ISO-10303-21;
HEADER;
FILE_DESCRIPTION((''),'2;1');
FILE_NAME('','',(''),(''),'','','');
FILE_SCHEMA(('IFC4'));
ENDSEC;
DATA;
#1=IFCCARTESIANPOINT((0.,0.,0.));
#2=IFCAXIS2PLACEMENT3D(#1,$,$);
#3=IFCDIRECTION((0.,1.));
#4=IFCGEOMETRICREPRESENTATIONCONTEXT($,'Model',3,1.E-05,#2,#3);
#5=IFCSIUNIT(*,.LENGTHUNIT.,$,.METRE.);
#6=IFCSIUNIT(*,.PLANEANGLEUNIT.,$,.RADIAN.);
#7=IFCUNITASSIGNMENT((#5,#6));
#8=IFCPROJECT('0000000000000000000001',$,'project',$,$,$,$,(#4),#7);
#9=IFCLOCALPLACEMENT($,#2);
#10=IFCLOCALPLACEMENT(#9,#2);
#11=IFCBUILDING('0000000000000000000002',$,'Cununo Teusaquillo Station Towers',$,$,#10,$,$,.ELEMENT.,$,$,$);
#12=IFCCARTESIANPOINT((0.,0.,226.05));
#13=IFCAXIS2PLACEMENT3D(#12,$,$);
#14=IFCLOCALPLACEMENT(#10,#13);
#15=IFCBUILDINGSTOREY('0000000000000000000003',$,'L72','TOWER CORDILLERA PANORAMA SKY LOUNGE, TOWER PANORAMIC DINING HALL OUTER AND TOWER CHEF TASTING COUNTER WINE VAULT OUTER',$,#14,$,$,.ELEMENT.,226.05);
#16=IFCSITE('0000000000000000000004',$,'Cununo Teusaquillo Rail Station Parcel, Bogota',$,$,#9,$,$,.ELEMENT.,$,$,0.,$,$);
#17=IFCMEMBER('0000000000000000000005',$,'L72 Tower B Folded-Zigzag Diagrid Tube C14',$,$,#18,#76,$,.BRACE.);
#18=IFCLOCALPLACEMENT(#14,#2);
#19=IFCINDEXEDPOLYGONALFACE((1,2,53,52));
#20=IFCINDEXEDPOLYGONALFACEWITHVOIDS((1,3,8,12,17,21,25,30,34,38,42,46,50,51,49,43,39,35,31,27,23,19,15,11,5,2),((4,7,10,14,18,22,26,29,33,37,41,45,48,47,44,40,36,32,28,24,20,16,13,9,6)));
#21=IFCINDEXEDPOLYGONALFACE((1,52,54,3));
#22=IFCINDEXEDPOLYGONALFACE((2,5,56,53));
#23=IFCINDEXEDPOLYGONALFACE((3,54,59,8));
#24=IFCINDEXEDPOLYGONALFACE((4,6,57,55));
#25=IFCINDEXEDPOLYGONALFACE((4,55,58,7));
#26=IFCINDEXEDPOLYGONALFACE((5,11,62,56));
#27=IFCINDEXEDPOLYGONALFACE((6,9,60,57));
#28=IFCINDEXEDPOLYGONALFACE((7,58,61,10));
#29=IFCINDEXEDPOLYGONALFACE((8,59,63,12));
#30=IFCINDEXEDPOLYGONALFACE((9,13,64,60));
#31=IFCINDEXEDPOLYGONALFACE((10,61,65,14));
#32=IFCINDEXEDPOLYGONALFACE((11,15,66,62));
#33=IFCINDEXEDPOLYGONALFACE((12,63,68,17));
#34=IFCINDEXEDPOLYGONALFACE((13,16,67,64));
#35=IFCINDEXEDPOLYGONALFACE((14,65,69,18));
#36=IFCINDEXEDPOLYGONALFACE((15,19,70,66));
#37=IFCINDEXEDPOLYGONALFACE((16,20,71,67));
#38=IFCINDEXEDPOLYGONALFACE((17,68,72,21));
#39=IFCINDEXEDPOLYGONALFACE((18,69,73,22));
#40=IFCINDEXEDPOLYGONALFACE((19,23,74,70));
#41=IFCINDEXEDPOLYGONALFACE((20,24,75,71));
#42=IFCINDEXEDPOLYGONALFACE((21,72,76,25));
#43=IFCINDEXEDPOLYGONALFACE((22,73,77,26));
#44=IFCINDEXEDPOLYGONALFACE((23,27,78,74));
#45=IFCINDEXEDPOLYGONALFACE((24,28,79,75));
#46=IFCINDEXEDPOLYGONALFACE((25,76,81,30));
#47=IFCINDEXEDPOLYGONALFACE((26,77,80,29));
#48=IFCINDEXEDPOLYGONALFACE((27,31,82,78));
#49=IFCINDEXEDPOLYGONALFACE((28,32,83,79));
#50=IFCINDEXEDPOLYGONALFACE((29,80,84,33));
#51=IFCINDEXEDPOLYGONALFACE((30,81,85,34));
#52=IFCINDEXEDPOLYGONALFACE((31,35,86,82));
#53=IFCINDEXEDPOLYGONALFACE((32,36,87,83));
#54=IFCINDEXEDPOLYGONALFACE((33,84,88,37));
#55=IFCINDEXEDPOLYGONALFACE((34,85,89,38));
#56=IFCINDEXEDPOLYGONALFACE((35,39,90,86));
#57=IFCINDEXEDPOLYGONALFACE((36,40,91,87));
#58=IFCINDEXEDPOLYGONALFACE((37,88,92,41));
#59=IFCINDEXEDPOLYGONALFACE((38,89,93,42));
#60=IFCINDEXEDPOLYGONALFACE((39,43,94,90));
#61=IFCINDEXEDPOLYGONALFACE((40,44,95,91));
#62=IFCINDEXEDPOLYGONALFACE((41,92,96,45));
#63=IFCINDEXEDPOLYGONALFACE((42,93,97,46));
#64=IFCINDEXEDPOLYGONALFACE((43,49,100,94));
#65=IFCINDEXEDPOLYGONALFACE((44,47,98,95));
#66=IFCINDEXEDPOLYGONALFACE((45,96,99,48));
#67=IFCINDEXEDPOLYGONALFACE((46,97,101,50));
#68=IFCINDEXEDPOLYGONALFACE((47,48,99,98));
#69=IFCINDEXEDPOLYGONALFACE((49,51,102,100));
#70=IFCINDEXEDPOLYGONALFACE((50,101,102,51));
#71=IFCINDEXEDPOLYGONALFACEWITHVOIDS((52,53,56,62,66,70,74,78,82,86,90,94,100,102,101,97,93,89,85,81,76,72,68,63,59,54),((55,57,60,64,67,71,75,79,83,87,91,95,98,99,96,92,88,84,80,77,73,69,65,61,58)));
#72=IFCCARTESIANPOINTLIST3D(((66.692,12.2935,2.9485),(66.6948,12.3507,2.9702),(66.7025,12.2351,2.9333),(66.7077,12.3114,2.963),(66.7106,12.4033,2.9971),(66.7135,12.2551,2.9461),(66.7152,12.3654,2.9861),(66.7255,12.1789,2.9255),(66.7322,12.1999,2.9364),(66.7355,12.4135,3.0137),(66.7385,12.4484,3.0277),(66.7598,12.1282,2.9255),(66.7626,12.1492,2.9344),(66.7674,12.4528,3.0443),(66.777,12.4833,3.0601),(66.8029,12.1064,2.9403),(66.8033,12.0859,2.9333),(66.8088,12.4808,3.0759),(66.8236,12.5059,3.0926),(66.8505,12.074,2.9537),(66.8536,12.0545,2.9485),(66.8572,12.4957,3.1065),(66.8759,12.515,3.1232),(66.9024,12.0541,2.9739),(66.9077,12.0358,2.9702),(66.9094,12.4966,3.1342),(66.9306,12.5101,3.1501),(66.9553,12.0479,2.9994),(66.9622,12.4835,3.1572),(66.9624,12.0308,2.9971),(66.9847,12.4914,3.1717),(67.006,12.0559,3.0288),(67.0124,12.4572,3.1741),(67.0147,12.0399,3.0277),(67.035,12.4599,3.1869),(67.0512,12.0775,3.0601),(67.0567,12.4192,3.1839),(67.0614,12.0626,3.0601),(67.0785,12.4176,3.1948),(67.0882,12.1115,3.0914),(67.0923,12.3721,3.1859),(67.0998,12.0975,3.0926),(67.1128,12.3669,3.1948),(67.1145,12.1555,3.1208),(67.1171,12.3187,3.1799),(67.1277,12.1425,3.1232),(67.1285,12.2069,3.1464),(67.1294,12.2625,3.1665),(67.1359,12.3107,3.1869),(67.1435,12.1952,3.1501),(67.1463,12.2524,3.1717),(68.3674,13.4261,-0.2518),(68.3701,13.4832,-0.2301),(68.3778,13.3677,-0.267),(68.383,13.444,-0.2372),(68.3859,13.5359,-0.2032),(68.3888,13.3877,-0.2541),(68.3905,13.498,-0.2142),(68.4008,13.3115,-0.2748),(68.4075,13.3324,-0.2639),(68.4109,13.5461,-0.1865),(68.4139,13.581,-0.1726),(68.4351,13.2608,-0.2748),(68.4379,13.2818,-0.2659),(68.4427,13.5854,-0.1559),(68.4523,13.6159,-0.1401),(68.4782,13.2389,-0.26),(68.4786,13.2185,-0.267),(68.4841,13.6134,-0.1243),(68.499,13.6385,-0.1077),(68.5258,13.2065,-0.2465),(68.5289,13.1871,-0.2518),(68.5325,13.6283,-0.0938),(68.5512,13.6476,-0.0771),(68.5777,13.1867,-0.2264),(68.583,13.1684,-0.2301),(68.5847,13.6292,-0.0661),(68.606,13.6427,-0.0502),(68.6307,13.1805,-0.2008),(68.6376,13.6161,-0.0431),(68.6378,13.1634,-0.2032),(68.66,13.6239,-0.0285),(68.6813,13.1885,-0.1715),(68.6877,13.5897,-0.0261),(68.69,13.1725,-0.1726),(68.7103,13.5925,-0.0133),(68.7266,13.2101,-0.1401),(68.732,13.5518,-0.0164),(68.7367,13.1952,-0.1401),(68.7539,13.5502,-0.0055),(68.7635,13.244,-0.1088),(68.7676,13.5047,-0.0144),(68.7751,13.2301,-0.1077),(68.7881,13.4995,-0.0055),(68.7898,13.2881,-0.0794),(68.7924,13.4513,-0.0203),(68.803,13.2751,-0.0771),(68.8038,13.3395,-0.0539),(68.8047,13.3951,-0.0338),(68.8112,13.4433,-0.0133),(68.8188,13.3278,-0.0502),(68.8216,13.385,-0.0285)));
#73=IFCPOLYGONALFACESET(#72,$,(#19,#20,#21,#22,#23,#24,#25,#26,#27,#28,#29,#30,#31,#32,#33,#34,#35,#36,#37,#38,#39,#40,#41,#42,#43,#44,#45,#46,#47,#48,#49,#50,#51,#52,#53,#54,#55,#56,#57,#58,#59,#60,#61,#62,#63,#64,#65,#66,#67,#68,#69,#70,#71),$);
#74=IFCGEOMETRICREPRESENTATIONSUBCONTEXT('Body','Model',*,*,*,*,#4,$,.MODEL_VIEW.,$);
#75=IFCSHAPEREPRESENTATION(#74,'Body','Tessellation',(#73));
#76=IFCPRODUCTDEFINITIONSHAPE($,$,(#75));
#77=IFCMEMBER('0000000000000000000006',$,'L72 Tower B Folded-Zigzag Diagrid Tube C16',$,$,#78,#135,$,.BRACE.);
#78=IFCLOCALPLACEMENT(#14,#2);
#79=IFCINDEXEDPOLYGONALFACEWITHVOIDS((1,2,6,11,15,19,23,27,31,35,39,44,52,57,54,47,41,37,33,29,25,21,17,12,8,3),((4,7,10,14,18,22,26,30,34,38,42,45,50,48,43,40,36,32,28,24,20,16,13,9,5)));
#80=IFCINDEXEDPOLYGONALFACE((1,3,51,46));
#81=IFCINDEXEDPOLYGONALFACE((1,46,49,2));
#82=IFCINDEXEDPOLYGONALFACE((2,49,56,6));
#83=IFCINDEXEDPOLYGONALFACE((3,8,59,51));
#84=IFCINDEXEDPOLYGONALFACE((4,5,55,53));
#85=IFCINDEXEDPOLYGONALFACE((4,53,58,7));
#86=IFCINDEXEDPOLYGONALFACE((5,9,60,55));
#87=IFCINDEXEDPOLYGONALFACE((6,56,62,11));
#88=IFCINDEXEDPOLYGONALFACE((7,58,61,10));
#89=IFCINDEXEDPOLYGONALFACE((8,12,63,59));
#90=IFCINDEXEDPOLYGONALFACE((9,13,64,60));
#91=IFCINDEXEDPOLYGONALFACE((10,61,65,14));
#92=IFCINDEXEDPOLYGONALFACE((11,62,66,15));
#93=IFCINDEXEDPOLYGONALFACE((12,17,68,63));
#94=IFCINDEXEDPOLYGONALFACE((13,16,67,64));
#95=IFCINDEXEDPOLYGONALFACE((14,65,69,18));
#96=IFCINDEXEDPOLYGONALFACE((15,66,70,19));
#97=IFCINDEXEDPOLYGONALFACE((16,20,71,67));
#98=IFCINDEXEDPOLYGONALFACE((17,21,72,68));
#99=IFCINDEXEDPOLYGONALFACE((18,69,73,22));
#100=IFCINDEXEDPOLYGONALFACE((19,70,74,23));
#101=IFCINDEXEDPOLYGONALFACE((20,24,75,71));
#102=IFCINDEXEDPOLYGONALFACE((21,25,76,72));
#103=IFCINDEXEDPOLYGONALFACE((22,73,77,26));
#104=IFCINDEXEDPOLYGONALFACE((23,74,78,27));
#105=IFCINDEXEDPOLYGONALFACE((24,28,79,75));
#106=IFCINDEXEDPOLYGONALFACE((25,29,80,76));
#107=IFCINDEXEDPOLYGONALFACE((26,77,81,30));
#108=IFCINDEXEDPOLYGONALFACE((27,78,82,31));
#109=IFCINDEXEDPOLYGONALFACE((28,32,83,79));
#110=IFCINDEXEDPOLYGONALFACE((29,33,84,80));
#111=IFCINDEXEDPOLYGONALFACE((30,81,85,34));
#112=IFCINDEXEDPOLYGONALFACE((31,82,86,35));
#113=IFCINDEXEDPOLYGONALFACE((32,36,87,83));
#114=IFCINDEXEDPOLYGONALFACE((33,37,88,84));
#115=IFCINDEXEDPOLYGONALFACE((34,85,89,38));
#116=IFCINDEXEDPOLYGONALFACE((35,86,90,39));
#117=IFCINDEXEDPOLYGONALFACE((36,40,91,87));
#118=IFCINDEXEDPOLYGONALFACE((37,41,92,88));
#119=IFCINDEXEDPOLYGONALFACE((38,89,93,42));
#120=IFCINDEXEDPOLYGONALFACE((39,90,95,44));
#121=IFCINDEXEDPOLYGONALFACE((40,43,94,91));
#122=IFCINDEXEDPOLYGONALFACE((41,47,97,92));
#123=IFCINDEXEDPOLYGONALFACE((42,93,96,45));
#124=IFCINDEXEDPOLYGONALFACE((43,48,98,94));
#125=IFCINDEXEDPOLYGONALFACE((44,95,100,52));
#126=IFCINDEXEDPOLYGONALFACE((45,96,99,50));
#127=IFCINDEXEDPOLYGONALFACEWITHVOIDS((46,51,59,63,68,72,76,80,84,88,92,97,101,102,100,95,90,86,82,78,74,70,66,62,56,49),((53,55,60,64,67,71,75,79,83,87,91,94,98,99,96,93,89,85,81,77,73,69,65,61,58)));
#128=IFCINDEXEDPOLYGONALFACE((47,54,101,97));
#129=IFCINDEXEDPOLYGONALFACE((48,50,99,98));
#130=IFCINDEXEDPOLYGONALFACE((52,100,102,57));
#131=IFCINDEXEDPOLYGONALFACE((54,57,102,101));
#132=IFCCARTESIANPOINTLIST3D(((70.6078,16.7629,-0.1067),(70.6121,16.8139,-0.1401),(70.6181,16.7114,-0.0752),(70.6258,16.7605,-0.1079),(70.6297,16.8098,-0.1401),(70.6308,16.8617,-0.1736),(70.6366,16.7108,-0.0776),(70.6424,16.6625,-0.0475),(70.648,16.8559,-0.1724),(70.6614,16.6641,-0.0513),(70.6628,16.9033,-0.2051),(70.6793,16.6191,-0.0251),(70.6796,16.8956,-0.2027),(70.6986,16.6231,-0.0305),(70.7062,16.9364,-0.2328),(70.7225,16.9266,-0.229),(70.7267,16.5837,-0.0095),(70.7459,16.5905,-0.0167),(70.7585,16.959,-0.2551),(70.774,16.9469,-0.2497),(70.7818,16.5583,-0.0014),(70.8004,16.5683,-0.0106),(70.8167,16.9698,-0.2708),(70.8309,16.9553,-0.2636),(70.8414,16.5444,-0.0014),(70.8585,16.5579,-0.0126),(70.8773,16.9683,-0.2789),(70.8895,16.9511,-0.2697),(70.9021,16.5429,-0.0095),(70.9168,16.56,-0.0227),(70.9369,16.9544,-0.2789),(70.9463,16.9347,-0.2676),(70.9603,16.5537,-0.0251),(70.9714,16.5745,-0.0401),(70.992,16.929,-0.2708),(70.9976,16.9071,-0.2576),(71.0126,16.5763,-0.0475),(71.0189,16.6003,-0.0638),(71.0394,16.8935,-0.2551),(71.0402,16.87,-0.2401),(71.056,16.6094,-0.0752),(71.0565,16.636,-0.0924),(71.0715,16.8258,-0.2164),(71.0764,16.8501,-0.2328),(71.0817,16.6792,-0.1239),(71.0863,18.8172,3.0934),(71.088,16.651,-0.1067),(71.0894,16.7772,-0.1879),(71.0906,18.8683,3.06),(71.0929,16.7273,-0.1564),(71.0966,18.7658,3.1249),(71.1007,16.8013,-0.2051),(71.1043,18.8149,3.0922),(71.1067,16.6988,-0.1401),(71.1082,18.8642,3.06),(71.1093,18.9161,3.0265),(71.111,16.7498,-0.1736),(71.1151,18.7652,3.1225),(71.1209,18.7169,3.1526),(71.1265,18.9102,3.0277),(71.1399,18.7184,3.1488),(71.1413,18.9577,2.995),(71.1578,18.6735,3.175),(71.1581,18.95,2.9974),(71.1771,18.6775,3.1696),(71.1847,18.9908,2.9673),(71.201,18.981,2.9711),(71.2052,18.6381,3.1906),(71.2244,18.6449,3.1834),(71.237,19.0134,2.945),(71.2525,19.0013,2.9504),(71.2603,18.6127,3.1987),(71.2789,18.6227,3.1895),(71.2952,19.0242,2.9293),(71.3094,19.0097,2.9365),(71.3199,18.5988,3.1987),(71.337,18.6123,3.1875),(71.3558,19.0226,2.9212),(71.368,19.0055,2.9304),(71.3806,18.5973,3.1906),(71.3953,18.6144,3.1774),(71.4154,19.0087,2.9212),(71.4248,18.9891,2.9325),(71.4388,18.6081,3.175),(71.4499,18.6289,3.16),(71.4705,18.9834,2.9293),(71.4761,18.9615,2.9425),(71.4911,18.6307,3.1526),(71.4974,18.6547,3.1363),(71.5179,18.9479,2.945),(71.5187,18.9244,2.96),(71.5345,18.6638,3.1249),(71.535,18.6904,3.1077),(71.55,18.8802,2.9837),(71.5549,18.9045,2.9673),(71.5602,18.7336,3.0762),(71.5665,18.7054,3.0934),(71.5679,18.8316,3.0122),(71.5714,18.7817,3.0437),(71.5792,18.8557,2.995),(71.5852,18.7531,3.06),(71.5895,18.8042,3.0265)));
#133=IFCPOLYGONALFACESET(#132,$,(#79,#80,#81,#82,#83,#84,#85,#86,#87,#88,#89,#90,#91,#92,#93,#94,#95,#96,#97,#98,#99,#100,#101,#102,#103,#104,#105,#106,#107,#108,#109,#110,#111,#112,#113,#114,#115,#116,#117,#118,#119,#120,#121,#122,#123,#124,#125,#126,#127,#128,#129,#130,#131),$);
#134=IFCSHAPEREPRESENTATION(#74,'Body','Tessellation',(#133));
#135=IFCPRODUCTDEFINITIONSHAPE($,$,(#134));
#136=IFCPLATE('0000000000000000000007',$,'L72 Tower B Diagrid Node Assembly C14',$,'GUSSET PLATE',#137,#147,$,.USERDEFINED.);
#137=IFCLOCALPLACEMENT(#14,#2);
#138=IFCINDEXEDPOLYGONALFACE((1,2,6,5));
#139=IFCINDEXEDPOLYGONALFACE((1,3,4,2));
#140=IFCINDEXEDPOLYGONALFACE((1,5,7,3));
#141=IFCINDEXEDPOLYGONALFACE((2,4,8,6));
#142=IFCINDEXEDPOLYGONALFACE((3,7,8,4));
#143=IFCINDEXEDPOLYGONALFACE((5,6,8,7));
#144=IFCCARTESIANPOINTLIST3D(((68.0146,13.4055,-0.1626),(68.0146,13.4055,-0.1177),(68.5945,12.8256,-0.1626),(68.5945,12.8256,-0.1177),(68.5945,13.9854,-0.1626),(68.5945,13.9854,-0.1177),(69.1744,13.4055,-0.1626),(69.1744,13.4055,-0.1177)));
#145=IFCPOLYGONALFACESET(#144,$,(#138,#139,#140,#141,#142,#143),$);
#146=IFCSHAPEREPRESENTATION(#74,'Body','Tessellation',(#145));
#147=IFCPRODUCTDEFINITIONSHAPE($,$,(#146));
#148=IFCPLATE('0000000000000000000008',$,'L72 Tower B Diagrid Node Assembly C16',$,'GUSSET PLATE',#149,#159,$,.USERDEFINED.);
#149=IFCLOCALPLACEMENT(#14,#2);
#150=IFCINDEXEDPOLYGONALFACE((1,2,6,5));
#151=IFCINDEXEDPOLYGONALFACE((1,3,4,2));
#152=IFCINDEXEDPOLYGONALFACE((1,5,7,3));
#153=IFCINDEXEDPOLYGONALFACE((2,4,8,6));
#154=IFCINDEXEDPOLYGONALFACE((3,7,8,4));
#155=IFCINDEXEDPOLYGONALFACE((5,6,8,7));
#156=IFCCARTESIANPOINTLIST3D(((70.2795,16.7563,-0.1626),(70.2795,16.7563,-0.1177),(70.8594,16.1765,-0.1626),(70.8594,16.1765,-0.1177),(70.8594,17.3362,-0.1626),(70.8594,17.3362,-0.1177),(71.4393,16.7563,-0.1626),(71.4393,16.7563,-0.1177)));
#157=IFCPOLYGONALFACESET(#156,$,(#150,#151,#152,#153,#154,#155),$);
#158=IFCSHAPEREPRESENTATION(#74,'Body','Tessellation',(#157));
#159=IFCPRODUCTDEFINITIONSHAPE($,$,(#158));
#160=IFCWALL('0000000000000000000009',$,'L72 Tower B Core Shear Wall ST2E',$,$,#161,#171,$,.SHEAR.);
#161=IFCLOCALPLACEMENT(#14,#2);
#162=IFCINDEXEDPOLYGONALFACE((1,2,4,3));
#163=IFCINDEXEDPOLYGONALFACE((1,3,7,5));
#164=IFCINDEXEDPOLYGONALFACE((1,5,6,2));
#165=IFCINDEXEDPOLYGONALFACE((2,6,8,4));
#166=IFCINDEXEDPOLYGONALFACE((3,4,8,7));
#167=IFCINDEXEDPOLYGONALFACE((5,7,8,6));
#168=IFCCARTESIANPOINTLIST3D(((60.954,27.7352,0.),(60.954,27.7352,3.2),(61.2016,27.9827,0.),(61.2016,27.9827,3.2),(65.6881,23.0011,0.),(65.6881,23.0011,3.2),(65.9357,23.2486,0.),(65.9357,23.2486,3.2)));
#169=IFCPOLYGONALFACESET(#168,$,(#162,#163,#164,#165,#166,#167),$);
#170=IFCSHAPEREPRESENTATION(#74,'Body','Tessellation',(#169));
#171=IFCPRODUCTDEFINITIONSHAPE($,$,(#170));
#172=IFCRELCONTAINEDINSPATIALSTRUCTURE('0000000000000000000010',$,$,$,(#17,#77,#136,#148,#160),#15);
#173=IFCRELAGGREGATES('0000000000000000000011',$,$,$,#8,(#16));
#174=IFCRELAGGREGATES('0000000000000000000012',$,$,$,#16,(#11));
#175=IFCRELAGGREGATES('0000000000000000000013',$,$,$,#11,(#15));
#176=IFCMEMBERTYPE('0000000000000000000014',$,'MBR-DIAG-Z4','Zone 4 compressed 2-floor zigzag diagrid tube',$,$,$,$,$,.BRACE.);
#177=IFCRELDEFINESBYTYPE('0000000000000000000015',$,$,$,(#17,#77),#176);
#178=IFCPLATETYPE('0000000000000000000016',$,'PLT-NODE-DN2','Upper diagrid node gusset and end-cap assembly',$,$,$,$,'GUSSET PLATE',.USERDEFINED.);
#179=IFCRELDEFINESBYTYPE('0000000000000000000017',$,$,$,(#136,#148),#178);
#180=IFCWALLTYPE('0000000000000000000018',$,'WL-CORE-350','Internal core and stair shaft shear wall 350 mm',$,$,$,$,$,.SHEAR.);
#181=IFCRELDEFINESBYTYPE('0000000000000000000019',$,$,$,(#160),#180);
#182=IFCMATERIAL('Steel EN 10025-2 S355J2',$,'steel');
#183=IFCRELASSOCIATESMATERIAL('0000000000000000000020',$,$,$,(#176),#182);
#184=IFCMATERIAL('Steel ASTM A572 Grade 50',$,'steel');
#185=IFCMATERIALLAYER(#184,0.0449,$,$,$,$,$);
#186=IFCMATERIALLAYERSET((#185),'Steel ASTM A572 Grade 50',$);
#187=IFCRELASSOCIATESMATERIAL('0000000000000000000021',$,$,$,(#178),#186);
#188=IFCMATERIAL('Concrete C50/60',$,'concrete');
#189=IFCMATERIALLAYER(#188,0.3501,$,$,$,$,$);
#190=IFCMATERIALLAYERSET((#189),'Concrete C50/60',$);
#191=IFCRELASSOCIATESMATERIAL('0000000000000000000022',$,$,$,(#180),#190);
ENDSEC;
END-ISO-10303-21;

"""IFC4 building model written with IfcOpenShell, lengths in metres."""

from ifc_helpers import new_model, si_unit, direction, frame, frame_2d, origin, origin_2d, place, context, subcontext, project, spatial, rectangle, hollow_circle, extrude, source, transform, mapped, material, layer, layer_set, material_profile, profile_set, type_object, element, save


model = new_model("IFC4")

# Units and contexts
model_context = context("Model", 3, precision=1e-05, world=origin(), true_north=direction((0.0, 1.0)))
body_context = subcontext(model_context, "Body", "Model", "MODEL_VIEW")
ifc_project = project(units=[si_unit("LENGTHUNIT", "METRE"), si_unit("PLANEANGLEUNIT", "RADIAN")], contexts=[model_context])

# Site, building, storey
site_placement = place(None, origin())
site = spatial("IfcSite", under=ifc_project, at=site_placement, Name="Cununo Teusaquillo Rail Station Parcel, Bogota", CompositionType="ELEMENT", RefElevation=0.0)
building_placement = place(site_placement, origin())
building = spatial("IfcBuilding", under=site, at=building_placement, Name="Cununo Teusaquillo Station Towers", CompositionType="ELEMENT")
storey_placement = place(building_placement, frame((0.0, 0.0, 226.05)))
storey = spatial("IfcBuildingStorey", under=building, at=storey_placement, Name="L72", Description="TOWER CORDILLERA PANORAMA SKY LOUNGE, TOWER PANORAMIC DINING HALL OUTER AND TOWER CHEF TASTING COUNTER WINE VAULT OUTER", CompositionType="ELEMENT", Elevation=226.05)

# Members
ifc_material_1 = material(Name="Steel EN 10025-2 S355J2", Category="steel")
ifc_material_profile_1 = material_profile(ifc_material_1, hollow_circle(Radius=0.2539, WallThickness=0.0181, at=origin_2d()), Name="CHS 508x18")
ifc_profile_set_1 = profile_set([ifc_material_profile_1], Name="Steel EN 10025-2 S355J2")
member_type = type_object("IfcMemberType", Name="MBR-DIAG-Z4", Description="Zone 4 compressed 2-floor zigzag diagrid tube", PredefinedType="BRACE", material=ifc_profile_set_1)
member_1_placement = place(storey_placement, frame((68.5945, 13.4055, -0.1401), z_axis=(-0.442547, -0.29918, 0.845366), x_axis=(0.560066, -0.828448, 0.0)))
element("IfcMember", 1, at=member_1_placement, inside=storey, type_object=member_type, Name="L72 Tower B Folded-Zigzag Diagrid Tube C14", PredefinedType="BRACE", context=body_context, shape_type="SweptSolid", body=[
    extrude(hollow_circle(Radius=0.2539, WallThickness=0.0181, at=origin_2d()), origin(), (0.0, 0.0, 1.0), 3.7856),
])
member_2_placement = place(storey_placement, frame((70.8594, 16.7563, -0.1401), z_axis=(0.124845, 0.536005, 0.834932), x_axis=(-0.973931, 0.226845, 0.0)))
element("IfcMember", 2, at=member_2_placement, inside=storey, type_object=member_type, Name="L72 Tower B Folded-Zigzag Diagrid Tube C16", PredefinedType="BRACE", context=body_context, shape_type="SweptSolid", body=[
    extrude(hollow_circle(Radius=0.2539, WallThickness=0.0181, at=origin_2d()), origin(), (0.0, 0.0, 1.0), 3.8328),
])

# Plates
ifc_material_2 = material(Name="Steel ASTM A572 Grade 50", Category="steel")
ifc_layer_1 = layer(ifc_material_2, 0.0449)
ifc_layer_set_1 = layer_set([ifc_layer_1], Name="Steel ASTM A572 Grade 50")
plate_type = type_object("IfcPlateType", Name="PLT-NODE-DN2", Description="Upper diagrid node gusset and end-cap assembly", ElementType="GUSSET PLATE", PredefinedType="USERDEFINED", material=ifc_layer_set_1)
shared_shape_1 = source(origin(), body_context, "Body", "SweptSolid", [
    extrude(rectangle(XDim=0.8201, YDim=0.8201, at=origin_2d()), origin(), (0.0, 0.0, 1.0), 0.0449),
])
for number, where, z_axis, x_axis, name in (
    (3, (68.5945, 13.4055, -0.1626), (0.0, 0.0, 1.0), (0.707107, 0.707107, 0.0), "L72 Tower B Diagrid Node Assembly C14"),
    (4, (70.8594, 16.7563, -0.1626), (0.0, 0.0, 1.0), (0.707107, 0.707107, 0.0), "L72 Tower B Diagrid Node Assembly C16"),
):
    element("IfcPlate", number, at=place(storey_placement, frame(where, z_axis=z_axis, x_axis=x_axis)), inside=storey, type_object=plate_type, Name=name, ObjectType="GUSSET PLATE", PredefinedType="USERDEFINED", context=body_context, shape_type="MappedRepresentation", body=[
        mapped(shared_shape_1, transform((0.0, 0.0, 0.0), x_axis=(1.0, 0.0, 0.0), y_axis=(0.0, 1.0, 0.0), z_axis=(0.0, 0.0, 1.0), scale=1.0)),
    ])

# Wall
ifc_material_3 = material(Name="Concrete C50/60", Category="concrete")
ifc_layer_2 = layer(ifc_material_3, 0.3501)
ifc_layer_set_2 = layer_set([ifc_layer_2], Name="Concrete C50/60")
wall_type_1 = type_object("IfcWallType", Name="WL-CORE-350", Description="Internal core and stair shaft shear wall 350 mm", PredefinedType="SHEAR", material=ifc_layer_set_2)
wall_1_placement = place(storey_placement, frame((65.812, 23.1248, 0.0), z_axis=(0.0, 0.0, 1.0), x_axis=(-0.707107, 0.707107, 0.0)))
element("IfcWall", 5, at=wall_1_placement, inside=storey, type_object=wall_type_1, Name="L72 Tower B Core Shear Wall ST2E", PredefinedType="SHEAR", context=body_context, shape_type="SweptSolid", body=[
    extrude(rectangle(XDim=6.6951, YDim=0.3501, at=frame_2d((3.3477, 0.0))), origin(), (0.0, 0.0, 1.0), 3.2),
])

save(model, "model.ifc")
